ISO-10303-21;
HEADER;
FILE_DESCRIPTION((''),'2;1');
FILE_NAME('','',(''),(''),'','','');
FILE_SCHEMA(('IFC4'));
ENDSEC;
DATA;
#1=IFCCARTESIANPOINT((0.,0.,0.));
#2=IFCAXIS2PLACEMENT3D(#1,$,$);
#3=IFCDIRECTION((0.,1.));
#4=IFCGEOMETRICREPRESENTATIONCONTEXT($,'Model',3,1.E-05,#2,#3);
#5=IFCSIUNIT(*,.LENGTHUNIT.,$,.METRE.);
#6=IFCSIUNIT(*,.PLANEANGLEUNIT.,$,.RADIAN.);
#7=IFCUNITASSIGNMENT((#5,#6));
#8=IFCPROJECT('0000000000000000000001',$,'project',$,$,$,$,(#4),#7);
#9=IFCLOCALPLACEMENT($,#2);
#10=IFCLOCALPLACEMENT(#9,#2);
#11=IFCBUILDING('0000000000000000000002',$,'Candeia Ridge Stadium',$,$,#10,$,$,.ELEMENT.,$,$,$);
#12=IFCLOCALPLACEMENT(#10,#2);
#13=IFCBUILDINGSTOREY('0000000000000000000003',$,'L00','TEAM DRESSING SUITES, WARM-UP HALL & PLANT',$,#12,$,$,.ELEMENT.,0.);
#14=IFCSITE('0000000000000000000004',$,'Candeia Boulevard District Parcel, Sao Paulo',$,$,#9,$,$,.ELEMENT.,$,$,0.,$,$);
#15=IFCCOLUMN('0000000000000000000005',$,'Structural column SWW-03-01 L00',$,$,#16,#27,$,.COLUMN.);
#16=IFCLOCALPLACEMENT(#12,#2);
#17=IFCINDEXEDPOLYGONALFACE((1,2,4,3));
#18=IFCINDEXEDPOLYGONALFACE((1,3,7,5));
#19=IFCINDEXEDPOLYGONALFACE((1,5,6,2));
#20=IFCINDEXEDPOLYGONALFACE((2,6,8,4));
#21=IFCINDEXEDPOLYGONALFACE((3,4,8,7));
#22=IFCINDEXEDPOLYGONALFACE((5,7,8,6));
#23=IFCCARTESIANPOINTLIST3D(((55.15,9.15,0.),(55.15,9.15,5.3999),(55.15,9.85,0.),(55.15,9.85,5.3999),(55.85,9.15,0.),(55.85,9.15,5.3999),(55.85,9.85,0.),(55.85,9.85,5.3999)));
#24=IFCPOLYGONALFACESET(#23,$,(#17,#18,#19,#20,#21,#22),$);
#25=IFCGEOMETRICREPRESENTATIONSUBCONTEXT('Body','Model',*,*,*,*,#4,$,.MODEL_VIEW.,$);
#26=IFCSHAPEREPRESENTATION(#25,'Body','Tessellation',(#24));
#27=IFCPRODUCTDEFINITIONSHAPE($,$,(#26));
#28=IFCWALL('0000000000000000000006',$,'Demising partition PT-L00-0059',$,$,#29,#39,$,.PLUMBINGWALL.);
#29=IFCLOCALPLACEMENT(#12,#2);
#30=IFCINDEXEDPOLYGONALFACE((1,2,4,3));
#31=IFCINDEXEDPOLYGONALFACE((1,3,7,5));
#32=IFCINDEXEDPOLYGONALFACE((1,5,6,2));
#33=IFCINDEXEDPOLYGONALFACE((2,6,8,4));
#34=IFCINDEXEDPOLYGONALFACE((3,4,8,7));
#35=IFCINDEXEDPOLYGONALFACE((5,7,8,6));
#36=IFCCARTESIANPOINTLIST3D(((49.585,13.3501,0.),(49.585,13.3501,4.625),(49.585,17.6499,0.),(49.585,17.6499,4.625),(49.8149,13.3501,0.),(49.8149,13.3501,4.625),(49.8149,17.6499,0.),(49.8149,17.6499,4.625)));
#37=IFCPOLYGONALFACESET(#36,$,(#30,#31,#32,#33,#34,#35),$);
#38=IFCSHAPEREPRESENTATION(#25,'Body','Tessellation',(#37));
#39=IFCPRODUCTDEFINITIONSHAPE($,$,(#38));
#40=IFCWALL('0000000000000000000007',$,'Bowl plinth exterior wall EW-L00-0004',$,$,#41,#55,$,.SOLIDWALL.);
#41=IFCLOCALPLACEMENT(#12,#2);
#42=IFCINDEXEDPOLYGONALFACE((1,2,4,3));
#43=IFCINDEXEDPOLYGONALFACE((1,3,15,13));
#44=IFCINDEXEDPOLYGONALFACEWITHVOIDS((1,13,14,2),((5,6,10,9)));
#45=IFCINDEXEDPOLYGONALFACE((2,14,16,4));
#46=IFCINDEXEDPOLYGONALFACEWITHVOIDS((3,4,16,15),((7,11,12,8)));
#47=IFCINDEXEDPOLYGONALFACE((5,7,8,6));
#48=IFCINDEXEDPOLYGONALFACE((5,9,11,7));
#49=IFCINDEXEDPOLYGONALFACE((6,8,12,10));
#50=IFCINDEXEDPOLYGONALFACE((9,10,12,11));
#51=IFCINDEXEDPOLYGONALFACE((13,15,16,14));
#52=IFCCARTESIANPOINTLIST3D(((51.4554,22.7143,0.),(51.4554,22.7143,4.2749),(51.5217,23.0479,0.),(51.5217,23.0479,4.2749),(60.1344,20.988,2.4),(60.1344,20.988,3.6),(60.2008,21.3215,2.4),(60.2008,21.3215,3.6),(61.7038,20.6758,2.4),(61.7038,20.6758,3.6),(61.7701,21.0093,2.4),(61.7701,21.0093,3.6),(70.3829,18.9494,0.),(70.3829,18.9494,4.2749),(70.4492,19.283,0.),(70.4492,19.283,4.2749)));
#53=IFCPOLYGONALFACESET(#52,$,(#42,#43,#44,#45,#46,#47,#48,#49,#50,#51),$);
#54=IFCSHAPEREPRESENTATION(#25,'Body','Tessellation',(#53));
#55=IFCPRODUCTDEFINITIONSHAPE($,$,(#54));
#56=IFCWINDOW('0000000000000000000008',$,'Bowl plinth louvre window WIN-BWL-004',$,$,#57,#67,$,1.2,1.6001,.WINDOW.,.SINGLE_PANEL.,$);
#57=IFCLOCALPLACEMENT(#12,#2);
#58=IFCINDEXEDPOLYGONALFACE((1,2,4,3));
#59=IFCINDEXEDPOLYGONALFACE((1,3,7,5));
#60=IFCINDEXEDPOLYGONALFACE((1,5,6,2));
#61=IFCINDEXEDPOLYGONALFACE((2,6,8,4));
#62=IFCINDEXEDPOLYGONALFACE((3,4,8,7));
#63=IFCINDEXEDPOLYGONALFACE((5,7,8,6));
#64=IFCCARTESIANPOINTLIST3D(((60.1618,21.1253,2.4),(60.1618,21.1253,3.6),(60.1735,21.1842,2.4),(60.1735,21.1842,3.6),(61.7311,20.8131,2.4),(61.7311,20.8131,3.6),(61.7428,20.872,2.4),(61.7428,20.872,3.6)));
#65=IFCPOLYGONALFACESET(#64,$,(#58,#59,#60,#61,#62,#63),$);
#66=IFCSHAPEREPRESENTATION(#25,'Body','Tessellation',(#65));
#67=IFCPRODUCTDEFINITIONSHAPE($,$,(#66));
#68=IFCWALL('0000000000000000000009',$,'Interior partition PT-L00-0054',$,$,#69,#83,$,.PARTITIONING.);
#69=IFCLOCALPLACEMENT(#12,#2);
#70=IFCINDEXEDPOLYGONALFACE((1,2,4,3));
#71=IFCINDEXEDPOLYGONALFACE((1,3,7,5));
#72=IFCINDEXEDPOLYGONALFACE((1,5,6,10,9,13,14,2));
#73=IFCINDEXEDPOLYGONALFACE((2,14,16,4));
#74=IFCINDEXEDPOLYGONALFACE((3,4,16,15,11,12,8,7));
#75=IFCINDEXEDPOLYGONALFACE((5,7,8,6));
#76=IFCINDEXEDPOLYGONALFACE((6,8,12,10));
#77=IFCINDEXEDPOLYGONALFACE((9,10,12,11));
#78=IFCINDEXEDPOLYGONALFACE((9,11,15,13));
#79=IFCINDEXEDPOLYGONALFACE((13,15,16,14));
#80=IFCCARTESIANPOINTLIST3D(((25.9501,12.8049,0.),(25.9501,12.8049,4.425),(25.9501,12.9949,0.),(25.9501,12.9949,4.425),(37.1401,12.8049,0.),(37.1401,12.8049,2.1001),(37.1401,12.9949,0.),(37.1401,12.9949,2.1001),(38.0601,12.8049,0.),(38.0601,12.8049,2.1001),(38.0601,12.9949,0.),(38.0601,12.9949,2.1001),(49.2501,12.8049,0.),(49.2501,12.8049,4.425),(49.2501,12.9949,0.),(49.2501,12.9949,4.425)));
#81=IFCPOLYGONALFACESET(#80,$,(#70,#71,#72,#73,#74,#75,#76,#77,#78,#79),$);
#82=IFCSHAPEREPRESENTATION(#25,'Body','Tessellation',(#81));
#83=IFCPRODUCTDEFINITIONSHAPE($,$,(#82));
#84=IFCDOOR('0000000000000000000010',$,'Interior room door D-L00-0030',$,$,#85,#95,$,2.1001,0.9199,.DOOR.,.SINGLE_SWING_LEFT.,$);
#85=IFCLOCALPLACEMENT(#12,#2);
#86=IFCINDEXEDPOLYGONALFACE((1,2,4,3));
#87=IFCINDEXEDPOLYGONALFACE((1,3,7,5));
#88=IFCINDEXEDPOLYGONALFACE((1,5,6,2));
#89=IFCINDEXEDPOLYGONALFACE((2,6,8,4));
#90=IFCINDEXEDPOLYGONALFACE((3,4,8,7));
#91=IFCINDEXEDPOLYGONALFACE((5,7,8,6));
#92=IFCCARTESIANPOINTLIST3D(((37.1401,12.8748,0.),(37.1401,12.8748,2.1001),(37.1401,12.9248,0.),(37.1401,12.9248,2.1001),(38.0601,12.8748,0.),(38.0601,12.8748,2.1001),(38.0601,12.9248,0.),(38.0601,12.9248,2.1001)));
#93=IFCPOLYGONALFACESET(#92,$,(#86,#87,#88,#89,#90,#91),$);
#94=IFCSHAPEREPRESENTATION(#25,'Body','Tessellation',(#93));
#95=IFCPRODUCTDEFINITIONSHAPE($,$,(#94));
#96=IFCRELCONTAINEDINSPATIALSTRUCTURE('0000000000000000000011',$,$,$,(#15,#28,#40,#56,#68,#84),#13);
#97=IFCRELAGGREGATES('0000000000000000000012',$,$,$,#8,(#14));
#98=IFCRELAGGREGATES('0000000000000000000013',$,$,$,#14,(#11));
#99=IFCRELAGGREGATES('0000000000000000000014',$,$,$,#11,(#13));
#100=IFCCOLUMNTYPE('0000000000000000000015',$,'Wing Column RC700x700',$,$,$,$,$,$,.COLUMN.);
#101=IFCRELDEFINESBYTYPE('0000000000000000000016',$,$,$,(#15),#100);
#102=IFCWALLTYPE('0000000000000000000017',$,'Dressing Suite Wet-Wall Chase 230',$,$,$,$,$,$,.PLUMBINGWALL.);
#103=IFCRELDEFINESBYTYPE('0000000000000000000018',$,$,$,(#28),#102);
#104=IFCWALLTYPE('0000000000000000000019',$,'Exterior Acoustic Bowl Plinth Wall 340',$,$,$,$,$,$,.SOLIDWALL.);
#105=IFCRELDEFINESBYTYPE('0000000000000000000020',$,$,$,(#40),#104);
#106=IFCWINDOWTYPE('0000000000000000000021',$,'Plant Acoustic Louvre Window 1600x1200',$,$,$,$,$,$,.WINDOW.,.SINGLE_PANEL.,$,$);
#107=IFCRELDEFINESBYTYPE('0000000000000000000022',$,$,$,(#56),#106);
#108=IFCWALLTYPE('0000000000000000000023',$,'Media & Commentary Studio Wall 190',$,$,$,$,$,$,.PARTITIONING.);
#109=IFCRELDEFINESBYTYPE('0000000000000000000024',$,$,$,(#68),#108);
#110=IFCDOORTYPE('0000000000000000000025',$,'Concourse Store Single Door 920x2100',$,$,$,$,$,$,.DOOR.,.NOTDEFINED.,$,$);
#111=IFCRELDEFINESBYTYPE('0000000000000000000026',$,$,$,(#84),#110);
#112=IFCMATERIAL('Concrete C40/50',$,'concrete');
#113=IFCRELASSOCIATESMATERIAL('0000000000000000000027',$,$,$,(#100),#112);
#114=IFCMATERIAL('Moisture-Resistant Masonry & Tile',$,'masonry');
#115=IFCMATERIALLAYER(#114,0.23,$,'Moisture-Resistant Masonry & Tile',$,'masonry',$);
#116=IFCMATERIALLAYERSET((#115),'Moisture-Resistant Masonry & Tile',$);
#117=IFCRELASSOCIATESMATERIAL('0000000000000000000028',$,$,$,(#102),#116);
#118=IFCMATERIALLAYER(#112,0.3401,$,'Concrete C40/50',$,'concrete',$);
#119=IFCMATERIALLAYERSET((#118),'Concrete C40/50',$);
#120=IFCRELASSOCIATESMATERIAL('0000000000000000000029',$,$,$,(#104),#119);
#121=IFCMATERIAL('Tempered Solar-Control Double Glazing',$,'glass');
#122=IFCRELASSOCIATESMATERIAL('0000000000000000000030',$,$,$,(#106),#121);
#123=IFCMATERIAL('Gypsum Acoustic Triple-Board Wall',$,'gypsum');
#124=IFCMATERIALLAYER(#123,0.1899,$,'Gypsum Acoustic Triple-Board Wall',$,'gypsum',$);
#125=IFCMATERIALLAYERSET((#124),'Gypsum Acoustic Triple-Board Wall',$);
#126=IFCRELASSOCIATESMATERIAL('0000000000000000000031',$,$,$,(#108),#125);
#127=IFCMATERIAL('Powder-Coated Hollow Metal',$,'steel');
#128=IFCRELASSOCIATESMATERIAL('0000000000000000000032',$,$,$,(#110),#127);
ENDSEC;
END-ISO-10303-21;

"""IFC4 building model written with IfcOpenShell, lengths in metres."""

from ifc_helpers import new_model, si_unit, direction, frame, frame_2d, origin, origin_2d, place, context, subcontext, project, spatial, rectangle, extrude, material, layer, layer_set, material_profile, profile_set, type_object, element, fill, save


model = new_model("IFC4")

# Units and contexts
model_context = context("Model", 3, precision=1e-05, world=origin(), true_north=direction((0.0, 1.0)))
body_context = subcontext(model_context, "Body", "Model", "MODEL_VIEW")
ifc_project = project(units=[si_unit("LENGTHUNIT", "METRE"), si_unit("PLANEANGLEUNIT", "RADIAN")], contexts=[model_context])

# Site, building, storey
site_placement = place(None, origin())
site = spatial("IfcSite", under=ifc_project, at=site_placement, Name="Candeia Boulevard District Parcel, Sao Paulo", CompositionType="ELEMENT", RefElevation=0.0)
building_placement = place(site_placement, origin())
building = spatial("IfcBuilding", under=site, at=building_placement, Name="Candeia Ridge Stadium", CompositionType="ELEMENT")
storey_placement = place(building_placement, origin())
storey = spatial("IfcBuildingStorey", under=building, at=storey_placement, Name="L00", Description="TEAM DRESSING SUITES, WARM-UP HALL & PLANT", CompositionType="ELEMENT", Elevation=0.0)

# Shared definitions
ifc_material_1 = material(Name="Concrete C40/50", Category="concrete")

# Column
ifc_material_profile_1 = material_profile(ifc_material_1, rectangle(XDim=0.7, YDim=0.7, at=origin_2d()), Name="RC700x700", Category="concrete")
ifc_profile_set_1 = profile_set([ifc_material_profile_1], Name="Concrete C40/50")
column_type_1 = type_object("IfcColumnType", Name="Wing Column RC700x700", PredefinedType="COLUMN", material=ifc_profile_set_1)
column_1_placement = place(storey_placement, frame((55.5, 9.5, 0.0), z_axis=(0.0, 0.0, 1.0), x_axis=(1.0, 0.0, 0.0)))
element("IfcColumn", 1, at=column_1_placement, inside=storey, type_object=column_type_1, Name="Structural column SWW-03-01 L00", PredefinedType="COLUMN", context=body_context, shape_type="SweptSolid", body=[
    extrude(rectangle(XDim=0.7, YDim=0.7, at=origin_2d()), origin(), (0.0, 0.0, 1.0), 5.3999),
])

# Wall
ifc_material_2 = material(Name="Moisture-Resistant Masonry & Tile", Category="masonry")
ifc_layer_1 = layer(ifc_material_2, 0.23, Name="Moisture-Resistant Masonry & Tile", Category="masonry")
ifc_layer_set_1 = layer_set([ifc_layer_1], Name="Moisture-Resistant Masonry & Tile")
wall_type_1 = type_object("IfcWallType", Name="Dressing Suite Wet-Wall Chase 230", PredefinedType="PLUMBINGWALL", material=ifc_layer_set_1)
wall_1_placement = place(storey_placement, frame((49.7, 13.3501, 0.0), z_axis=(0.0, 0.0, 1.0), x_axis=(0.0, 1.0, 0.0)))
element("IfcWall", 2, at=wall_1_placement, inside=storey, type_object=wall_type_1, Name="Demising partition PT-L00-0059", PredefinedType="PLUMBINGWALL", context=body_context, shape_type="SweptSolid", body=[
    extrude(rectangle(XDim=4.2998, YDim=0.23, at=frame_2d((2.1499, 0.0))), origin(), (0.0, 0.0, 1.0), 4.625),
])

# Wall, opening, window
ifc_layer_2 = layer(ifc_material_1, 0.3401, Name="Concrete C40/50", Category="concrete")
ifc_layer_set_2 = layer_set([ifc_layer_2], Name="Concrete C40/50")
wall_type_2 = type_object("IfcWallType", Name="Exterior Acoustic Bowl Plinth Wall 340", PredefinedType="SOLIDWALL", material=ifc_layer_set_2)
wall_2_placement = place(storey_placement, frame((51.4885, 22.8811, 0.0), z_axis=(0.0, 0.0, 1.0), x_axis=(0.980785, -0.195089, 0.0)))
wall_2 = element("IfcWall", 3, at=wall_2_placement, inside=storey, type_object=wall_type_2, Name="Bowl plinth exterior wall EW-L00-0004", PredefinedType="SOLIDWALL", context=body_context, shape_type="SweptSolid", body=[
    extrude(rectangle(XDim=19.2983, YDim=0.3401, at=frame_2d((9.6492, 0.0))), origin(), (0.0, 0.0, 1.0), 4.2749),
])
opening_1_placement = place(wall_2_placement, frame((8.8491, 0.0, 2.3999)))
opening_1 = element("IfcOpeningElement", 4, at=opening_1_placement, cuts=wall_2, PredefinedType="OPENING", context=body_context, shape_type="SweptSolid", body=[
    extrude(rectangle(XDim=1.6001, YDim=1.2, at=frame_2d((0.8, 0.6001))), frame((0.0, 0.1799, 0.0), z_axis=(0.0, -1.0, 0.0), x_axis=(1.0, 0.0, 0.0)), (0.0, 0.0, 1.0), 0.3601),
])
ifc_material_3 = material(Name="Tempered Solar-Control Double Glazing", Category="glass")
window_type = type_object("IfcWindowType", Name="Plant Acoustic Louvre Window 1600x1200", PartitioningType="SINGLE_PANEL", PredefinedType="WINDOW", material=ifc_material_3)
window_placement = place(opening_1_placement, origin())
window = element("IfcWindow", 5, at=window_placement, inside=storey, type_object=window_type, Name="Bowl plinth louvre window WIN-BWL-004", OverallHeight=1.2, OverallWidth=1.6001, PartitioningType="SINGLE_PANEL", PredefinedType="WINDOW", context=body_context, shape_type="SweptSolid", body=[
    extrude(rectangle(XDim=1.6001, YDim=1.2, at=frame_2d((0.8, 0.6001))), frame((0.0, 0.03, 0.0), z_axis=(0.0, -1.0, 0.0), x_axis=(1.0, 0.0, 0.0)), (0.0, 0.0, 1.0), 0.0601),
])
fill(opening_1, window)

# Wall, opening, door
ifc_material_4 = material(Name="Gypsum Acoustic Triple-Board Wall", Category="gypsum")
ifc_layer_3 = layer(ifc_material_4, 0.1899, Name="Gypsum Acoustic Triple-Board Wall", Category="gypsum")
ifc_layer_set_3 = layer_set([ifc_layer_3], Name="Gypsum Acoustic Triple-Board Wall")
wall_type_3 = type_object("IfcWallType", Name="Media & Commentary Studio Wall 190", PredefinedType="PARTITIONING", material=ifc_layer_set_3)
wall_3_placement = place(storey_placement, frame((49.25, 12.8999, 0.0), z_axis=(0.0, 0.0, 1.0), x_axis=(-1.0, 0.0, 0.0)))
wall_3 = element("IfcWall", 6, at=wall_3_placement, inside=storey, type_object=wall_type_3, Name="Interior partition PT-L00-0054", PredefinedType="PARTITIONING", context=body_context, shape_type="SweptSolid", body=[
    extrude(rectangle(XDim=23.3, YDim=0.1899, at=frame_2d((11.6499, 0.0))), origin(), (0.0, 0.0, 1.0), 4.425),
])
opening_2_placement = place(wall_3_placement, frame((11.1899, 0.0, 0.0)))
opening_2 = element("IfcOpeningElement", 7, at=opening_2_placement, cuts=wall_3, PredefinedType="OPENING", context=body_context, shape_type="SweptSolid", body=[
    extrude(rectangle(XDim=0.9199, YDim=2.1001, at=frame_2d((0.46, 1.05))), frame((0.0, 0.105, 0.0), z_axis=(0.0, -1.0, 0.0), x_axis=(1.0, 0.0, 0.0)), (0.0, 0.0, 1.0), 0.21),
])
ifc_material_5 = material(Name="Powder-Coated Hollow Metal", Category="steel")
door_type = type_object("IfcDoorType", Name="Concourse Store Single Door 920x2100", OperationType="NOTDEFINED", PredefinedType="DOOR", material=ifc_material_5)
door_placement = place(opening_2_placement, frame((0.9199, 0.0, 0.0), z_axis=(0.0, 0.0, 1.0), x_axis=(-1.0, 0.0, 0.0)))
door = element("IfcDoor", 8, at=door_placement, inside=storey, type_object=door_type, Name="Interior room door D-L00-0030", OperationType="SINGLE_SWING_LEFT", OverallHeight=2.1001, OverallWidth=0.9199, PredefinedType="DOOR", context=body_context, shape_type="SweptSolid", body=[
    extrude(rectangle(XDim=0.9199, YDim=2.1001, at=frame_2d((0.46, 1.05))), frame((0.0, 0.0249, 0.0), z_axis=(0.0, -1.0, 0.0), x_axis=(1.0, 0.0, 0.0)), (0.0, 0.0, 1.0), 0.05),
])
fill(opening_2, door)

save(model, "model.ifc")
